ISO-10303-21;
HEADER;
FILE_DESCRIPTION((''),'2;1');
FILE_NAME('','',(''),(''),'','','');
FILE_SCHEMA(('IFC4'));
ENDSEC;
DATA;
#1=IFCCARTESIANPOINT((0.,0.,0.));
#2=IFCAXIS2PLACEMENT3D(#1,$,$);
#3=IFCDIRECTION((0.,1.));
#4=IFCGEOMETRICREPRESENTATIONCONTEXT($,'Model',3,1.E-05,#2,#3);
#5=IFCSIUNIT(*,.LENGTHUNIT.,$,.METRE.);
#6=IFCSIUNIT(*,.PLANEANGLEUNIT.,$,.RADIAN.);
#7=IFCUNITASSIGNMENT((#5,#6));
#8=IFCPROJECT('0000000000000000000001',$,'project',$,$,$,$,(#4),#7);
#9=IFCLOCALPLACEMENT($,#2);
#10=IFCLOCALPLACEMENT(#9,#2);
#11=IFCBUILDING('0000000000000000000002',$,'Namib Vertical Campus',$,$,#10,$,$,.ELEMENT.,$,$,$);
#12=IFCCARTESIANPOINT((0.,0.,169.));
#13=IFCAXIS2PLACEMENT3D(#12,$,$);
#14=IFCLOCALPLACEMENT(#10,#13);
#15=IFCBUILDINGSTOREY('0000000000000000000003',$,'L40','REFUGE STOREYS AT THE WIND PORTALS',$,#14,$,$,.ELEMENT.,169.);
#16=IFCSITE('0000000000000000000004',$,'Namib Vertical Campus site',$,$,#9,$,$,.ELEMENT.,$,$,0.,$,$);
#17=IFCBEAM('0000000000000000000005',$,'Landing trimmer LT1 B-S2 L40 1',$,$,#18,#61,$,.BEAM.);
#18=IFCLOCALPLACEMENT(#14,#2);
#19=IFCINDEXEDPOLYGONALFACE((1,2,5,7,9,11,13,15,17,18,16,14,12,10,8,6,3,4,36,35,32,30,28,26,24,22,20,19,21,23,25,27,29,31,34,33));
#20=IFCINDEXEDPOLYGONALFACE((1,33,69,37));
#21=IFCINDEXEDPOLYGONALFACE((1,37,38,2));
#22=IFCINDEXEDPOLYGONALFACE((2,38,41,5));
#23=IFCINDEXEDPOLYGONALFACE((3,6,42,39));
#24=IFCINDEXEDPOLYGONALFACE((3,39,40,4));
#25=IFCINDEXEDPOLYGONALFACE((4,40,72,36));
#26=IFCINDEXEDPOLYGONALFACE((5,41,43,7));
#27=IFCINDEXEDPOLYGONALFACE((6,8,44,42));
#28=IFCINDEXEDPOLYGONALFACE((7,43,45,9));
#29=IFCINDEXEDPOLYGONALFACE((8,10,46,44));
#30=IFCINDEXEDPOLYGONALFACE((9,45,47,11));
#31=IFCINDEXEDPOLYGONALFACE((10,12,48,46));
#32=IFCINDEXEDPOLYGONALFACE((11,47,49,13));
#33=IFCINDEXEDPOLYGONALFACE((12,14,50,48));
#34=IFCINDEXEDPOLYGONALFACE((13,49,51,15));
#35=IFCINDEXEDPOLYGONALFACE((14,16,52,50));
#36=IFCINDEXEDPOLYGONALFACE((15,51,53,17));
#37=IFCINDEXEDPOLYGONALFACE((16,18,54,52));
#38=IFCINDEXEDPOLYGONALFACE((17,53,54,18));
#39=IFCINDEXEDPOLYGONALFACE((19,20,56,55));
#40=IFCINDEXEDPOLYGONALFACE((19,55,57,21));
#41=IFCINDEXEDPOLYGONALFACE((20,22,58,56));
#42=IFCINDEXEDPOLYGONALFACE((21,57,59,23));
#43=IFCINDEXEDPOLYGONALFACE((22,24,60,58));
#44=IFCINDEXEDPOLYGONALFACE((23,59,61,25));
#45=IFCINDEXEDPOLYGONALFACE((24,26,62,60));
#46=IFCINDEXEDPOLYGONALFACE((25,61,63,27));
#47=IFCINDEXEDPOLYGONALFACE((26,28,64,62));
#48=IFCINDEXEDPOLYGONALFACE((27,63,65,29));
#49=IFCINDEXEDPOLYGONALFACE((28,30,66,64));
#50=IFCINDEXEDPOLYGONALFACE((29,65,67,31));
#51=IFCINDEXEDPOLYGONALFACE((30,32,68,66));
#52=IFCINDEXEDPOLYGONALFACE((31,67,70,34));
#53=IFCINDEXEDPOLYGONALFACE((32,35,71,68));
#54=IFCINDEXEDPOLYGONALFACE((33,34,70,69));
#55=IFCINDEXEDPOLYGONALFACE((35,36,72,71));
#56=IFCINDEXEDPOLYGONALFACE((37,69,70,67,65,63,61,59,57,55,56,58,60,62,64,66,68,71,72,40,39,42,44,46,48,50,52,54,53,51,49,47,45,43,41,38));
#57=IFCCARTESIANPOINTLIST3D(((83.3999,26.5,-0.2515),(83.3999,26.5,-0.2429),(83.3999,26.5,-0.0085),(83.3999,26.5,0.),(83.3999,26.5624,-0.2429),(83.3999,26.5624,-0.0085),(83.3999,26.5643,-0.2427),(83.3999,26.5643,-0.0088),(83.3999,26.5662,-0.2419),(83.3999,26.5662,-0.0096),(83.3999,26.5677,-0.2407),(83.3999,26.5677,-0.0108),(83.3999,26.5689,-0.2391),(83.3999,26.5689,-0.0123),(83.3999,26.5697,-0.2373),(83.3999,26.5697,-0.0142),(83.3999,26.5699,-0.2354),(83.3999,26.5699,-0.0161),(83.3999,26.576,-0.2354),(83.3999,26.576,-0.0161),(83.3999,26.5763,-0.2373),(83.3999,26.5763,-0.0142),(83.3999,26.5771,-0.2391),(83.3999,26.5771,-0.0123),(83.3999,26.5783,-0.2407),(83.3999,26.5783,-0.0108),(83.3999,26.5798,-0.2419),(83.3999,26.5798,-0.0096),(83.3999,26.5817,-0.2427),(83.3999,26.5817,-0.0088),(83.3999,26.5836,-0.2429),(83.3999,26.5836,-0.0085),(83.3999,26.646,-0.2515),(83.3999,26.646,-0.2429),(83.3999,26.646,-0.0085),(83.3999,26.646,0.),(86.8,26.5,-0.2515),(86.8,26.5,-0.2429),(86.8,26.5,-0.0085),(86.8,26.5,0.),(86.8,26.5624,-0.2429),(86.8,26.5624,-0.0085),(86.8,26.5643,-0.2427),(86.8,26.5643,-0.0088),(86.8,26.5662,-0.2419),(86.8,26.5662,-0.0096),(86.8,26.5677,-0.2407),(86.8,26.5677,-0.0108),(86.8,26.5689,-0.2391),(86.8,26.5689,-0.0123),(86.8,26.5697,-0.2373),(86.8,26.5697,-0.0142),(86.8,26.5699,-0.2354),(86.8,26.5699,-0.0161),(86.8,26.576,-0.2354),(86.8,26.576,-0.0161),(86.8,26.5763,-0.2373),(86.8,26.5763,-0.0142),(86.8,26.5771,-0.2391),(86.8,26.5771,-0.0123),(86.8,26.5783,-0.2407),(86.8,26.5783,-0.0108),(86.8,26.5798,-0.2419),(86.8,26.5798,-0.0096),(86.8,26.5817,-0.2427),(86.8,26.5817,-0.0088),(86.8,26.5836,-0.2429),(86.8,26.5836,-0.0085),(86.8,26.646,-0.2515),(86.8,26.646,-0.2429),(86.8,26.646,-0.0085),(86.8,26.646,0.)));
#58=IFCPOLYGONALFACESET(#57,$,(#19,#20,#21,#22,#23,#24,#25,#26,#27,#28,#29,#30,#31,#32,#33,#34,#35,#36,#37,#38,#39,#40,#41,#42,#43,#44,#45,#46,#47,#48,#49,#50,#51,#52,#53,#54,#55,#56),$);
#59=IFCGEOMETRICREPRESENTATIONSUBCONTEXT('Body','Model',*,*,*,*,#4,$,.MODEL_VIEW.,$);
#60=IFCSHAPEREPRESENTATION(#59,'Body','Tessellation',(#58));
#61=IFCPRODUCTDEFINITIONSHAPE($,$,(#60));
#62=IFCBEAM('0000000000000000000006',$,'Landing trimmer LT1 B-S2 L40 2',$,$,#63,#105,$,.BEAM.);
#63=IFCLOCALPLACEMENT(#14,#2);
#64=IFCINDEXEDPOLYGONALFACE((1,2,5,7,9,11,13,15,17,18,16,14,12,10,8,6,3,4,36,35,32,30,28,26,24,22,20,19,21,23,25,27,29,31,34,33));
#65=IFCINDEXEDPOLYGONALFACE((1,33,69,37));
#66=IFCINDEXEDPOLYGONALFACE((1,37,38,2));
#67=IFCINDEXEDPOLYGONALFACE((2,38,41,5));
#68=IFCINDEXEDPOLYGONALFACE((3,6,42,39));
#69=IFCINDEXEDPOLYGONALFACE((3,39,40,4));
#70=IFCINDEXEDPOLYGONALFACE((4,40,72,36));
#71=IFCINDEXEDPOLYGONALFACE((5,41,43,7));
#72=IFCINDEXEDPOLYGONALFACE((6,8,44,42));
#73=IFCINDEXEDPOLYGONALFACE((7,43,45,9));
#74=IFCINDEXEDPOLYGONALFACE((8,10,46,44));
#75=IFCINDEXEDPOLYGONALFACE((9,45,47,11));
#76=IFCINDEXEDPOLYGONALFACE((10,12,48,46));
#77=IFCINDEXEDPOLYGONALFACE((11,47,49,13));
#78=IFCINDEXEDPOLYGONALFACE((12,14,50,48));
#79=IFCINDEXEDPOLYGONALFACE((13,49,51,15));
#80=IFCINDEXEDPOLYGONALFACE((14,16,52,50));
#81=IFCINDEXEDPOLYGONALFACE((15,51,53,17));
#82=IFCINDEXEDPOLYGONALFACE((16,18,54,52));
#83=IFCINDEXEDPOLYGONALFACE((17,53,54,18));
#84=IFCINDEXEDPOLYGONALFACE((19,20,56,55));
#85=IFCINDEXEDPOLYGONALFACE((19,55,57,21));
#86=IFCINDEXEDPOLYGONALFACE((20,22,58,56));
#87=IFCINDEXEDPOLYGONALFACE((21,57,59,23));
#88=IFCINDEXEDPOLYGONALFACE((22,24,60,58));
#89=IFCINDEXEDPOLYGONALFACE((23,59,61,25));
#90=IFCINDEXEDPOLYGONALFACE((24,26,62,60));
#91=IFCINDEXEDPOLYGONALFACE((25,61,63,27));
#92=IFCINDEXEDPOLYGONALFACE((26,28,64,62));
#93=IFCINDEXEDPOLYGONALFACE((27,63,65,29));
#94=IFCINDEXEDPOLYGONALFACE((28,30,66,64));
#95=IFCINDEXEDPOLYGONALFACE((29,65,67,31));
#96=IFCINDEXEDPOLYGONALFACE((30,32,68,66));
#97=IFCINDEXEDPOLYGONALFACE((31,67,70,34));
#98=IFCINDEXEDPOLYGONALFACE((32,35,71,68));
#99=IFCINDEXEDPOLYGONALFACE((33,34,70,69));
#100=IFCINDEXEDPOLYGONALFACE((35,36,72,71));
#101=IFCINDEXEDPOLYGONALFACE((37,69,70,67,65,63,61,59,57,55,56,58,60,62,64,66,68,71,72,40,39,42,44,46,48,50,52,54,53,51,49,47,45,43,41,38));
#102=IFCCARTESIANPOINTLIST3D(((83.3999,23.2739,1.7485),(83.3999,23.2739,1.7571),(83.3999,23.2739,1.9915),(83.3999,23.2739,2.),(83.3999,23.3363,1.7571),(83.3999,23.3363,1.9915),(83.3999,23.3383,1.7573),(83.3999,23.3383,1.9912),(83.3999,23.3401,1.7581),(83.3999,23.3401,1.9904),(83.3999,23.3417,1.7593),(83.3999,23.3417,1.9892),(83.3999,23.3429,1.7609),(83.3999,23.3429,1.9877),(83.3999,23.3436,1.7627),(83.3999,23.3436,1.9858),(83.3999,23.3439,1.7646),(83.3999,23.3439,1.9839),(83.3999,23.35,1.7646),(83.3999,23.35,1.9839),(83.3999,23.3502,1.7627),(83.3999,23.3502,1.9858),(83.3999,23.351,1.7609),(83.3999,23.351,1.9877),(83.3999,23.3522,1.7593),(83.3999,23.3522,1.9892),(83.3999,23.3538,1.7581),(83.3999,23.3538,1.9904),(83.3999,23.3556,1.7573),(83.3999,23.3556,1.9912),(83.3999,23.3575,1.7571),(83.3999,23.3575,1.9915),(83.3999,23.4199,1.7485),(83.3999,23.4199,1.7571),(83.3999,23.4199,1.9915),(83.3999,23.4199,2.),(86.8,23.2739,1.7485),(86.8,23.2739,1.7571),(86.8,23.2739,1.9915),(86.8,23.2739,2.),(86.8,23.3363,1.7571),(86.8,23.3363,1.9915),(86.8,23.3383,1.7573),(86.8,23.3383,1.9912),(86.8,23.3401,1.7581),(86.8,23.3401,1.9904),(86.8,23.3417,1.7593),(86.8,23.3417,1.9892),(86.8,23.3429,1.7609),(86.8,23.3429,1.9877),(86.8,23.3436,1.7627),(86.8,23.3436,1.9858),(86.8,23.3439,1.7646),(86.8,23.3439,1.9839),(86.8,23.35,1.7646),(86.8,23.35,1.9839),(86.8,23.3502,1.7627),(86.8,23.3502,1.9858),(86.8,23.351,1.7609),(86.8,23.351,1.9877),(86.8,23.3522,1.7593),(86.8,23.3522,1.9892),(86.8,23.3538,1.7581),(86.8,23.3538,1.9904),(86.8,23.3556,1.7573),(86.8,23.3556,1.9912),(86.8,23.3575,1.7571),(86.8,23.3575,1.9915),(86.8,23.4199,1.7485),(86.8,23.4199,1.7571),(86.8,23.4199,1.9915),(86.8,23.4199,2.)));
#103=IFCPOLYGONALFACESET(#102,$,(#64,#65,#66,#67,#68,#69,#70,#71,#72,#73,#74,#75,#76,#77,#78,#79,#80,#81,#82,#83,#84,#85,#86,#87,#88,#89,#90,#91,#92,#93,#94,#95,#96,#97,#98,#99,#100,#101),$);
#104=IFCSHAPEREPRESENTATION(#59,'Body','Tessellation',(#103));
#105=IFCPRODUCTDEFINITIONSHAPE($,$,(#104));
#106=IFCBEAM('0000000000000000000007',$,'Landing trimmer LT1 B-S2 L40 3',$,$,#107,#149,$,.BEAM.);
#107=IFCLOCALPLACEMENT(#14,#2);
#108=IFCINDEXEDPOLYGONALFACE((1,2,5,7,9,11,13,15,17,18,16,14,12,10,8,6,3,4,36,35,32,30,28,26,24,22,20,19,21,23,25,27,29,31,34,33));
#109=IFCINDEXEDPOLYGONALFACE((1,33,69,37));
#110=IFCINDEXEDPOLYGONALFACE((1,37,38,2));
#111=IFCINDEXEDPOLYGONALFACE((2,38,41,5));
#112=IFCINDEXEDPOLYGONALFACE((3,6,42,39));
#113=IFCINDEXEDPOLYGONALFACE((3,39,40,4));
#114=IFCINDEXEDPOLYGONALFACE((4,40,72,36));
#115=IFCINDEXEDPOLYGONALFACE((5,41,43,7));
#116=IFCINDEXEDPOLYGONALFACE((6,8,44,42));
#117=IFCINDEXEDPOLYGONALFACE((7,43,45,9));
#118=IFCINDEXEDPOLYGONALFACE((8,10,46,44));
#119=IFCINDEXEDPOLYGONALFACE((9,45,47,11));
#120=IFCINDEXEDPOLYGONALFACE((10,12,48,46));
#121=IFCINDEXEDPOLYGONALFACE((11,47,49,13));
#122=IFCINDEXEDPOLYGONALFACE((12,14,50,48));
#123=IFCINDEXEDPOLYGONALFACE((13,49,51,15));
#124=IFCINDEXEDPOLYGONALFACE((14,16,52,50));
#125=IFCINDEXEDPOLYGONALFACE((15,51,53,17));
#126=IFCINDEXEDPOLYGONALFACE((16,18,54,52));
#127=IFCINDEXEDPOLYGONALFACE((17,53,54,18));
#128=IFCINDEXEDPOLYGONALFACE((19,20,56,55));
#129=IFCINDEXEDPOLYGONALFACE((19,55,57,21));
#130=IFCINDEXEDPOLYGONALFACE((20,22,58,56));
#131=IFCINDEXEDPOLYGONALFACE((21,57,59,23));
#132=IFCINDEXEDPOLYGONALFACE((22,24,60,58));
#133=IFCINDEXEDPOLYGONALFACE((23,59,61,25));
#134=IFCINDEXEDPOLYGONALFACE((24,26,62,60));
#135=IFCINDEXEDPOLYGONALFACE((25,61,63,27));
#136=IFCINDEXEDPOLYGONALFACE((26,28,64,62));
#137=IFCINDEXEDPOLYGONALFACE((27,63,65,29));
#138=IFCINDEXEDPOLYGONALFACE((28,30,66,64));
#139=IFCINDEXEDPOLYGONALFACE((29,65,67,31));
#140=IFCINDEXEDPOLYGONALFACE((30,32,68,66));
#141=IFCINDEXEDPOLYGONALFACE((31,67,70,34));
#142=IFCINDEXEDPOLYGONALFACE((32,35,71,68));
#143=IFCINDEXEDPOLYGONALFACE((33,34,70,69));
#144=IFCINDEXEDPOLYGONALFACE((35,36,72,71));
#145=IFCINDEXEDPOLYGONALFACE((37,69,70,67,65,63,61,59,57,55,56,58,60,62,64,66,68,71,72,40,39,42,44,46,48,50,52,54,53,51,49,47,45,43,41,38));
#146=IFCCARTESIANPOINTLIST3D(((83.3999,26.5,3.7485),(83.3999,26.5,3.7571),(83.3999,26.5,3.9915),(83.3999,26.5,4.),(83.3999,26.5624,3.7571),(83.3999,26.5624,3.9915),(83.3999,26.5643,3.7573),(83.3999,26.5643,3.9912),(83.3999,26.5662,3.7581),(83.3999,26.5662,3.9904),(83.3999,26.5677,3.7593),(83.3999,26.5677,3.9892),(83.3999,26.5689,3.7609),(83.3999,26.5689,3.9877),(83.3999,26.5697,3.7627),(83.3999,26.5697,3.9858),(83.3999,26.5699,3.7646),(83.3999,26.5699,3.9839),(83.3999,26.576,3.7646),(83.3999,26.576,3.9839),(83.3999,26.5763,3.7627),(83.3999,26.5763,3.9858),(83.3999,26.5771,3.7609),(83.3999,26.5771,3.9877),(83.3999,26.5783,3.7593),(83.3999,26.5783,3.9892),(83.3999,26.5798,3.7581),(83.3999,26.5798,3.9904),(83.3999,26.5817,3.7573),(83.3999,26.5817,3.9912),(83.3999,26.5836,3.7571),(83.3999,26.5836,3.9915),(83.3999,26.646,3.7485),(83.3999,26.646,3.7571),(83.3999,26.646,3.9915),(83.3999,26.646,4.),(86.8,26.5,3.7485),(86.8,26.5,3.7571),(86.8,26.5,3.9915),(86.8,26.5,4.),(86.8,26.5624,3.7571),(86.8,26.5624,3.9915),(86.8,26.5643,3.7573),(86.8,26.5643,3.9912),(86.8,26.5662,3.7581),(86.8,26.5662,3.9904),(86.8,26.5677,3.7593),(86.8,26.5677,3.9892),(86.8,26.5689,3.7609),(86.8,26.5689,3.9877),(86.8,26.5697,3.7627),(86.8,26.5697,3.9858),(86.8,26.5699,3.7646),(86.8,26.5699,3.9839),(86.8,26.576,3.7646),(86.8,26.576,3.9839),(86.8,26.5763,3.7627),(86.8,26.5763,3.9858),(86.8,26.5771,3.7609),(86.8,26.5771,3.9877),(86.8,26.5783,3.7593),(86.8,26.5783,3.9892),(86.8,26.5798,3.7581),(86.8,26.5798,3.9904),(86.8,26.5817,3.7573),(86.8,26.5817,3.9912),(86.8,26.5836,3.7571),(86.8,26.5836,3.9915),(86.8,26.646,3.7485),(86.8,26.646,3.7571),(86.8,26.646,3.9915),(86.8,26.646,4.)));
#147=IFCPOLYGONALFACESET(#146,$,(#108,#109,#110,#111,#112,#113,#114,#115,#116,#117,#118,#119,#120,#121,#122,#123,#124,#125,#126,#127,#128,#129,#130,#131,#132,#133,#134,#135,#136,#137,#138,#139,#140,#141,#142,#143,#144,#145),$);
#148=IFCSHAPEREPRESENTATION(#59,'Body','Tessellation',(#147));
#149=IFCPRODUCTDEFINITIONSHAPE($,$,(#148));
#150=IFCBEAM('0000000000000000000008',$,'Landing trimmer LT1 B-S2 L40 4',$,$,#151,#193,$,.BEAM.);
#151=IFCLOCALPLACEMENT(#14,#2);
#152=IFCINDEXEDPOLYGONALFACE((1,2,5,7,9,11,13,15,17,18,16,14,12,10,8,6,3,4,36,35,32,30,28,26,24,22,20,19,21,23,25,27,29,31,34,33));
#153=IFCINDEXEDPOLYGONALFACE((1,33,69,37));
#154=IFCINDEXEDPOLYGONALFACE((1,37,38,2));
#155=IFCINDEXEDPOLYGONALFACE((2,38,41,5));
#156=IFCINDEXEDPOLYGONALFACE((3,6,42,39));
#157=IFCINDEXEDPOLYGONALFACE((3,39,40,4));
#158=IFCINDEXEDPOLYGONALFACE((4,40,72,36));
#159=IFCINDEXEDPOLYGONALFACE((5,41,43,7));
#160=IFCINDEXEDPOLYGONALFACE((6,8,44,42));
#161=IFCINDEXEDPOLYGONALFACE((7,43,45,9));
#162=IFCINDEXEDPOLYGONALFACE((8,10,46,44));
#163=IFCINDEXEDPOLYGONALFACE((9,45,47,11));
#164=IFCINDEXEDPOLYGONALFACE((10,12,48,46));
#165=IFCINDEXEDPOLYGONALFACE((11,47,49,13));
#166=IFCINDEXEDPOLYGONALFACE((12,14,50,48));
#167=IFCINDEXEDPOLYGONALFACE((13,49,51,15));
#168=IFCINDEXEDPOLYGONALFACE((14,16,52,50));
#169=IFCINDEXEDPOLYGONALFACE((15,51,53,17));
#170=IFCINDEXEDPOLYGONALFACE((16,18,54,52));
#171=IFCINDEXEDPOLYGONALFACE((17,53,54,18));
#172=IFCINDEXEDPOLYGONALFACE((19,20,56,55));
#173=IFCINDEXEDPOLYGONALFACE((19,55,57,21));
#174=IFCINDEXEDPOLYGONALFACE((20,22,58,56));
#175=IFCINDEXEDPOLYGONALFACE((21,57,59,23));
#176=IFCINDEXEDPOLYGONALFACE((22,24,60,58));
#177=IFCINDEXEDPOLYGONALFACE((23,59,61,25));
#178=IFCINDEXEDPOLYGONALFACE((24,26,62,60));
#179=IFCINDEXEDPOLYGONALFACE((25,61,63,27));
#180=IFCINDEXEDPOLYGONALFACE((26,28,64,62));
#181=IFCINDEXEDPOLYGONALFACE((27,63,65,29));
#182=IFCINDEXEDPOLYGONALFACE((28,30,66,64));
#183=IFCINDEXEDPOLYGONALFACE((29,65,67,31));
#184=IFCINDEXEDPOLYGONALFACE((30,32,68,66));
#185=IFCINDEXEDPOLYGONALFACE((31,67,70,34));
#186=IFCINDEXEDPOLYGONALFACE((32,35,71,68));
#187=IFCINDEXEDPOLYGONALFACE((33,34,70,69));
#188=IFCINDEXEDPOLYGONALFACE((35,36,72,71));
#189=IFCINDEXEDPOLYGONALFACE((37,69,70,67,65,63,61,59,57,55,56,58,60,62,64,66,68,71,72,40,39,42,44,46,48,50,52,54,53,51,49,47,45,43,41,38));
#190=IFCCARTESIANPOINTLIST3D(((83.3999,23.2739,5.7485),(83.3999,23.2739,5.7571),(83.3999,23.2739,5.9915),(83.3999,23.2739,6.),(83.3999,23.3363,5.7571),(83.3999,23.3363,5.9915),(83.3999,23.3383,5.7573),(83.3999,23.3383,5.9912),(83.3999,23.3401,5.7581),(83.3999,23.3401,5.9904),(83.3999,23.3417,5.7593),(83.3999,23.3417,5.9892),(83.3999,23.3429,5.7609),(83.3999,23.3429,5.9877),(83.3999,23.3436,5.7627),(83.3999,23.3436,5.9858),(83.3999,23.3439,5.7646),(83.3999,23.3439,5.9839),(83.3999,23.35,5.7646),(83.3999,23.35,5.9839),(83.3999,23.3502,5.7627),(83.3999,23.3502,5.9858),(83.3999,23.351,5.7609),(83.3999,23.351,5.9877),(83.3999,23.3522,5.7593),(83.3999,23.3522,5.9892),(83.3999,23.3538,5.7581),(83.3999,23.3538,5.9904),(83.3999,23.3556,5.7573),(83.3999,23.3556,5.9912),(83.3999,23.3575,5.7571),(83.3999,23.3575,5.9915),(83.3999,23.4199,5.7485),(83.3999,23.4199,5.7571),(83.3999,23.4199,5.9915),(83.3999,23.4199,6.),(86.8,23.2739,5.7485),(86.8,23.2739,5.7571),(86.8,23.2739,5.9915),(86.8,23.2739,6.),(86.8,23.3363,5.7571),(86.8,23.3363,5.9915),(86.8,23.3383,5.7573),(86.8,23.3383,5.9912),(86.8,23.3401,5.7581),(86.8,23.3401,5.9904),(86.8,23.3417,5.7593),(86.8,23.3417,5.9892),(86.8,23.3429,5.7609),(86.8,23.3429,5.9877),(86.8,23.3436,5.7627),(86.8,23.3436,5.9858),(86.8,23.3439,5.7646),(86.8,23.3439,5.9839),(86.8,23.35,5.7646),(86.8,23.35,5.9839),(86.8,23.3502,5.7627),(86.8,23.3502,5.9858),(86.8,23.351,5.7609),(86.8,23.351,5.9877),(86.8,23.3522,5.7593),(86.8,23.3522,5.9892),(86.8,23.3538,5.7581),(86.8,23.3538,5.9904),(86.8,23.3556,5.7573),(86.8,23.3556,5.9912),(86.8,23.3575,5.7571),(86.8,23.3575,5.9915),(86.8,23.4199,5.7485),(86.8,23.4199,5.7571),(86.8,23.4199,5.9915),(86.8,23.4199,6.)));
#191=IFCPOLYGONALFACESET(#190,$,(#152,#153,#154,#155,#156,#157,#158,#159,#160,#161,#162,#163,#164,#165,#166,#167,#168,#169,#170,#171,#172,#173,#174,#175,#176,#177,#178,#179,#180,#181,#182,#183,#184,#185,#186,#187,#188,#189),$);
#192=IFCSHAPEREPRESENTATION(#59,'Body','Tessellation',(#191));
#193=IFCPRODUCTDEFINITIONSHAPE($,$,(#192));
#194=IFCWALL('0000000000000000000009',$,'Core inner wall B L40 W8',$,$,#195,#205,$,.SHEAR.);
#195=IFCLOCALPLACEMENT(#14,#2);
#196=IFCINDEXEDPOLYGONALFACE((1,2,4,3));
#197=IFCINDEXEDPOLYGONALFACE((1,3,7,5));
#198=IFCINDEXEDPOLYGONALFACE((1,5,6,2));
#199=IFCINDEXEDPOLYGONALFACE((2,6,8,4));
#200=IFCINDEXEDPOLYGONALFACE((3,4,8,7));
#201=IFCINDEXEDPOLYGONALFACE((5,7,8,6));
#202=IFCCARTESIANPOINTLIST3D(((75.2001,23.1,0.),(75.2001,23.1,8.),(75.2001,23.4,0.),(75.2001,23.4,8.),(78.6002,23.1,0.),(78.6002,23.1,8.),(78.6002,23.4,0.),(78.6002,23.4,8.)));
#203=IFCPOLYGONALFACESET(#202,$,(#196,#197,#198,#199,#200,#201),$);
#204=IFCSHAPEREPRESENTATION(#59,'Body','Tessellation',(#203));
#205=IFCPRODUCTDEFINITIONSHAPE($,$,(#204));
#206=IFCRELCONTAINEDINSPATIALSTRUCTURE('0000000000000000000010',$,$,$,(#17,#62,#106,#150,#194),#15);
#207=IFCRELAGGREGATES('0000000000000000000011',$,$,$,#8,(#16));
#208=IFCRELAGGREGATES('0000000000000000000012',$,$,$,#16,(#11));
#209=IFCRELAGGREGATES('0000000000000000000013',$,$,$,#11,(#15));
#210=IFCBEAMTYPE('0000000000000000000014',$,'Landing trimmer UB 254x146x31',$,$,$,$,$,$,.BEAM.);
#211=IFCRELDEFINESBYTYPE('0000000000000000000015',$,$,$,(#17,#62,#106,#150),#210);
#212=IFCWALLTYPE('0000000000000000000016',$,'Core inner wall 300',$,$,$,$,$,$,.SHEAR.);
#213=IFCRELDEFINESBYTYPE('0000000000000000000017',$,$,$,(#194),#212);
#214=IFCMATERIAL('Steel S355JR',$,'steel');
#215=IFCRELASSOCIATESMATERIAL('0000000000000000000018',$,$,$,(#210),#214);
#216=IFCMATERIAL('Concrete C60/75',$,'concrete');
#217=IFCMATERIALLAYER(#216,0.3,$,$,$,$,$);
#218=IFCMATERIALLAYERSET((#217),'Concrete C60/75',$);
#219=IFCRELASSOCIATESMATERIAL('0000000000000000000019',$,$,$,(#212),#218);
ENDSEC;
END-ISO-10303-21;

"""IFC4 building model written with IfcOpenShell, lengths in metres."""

from ifc_helpers import new_model, si_unit, direction, frame, frame_2d, origin, origin_2d, place, context, subcontext, project, spatial, rectangle, i_section, extrude, material, layer, layer_set, material_profile, profile_set, type_object, element, save


model = new_model("IFC4")

# Units and contexts
model_context = context("Model", 3, precision=1e-05, world=origin(), true_north=direction((0.0, 1.0)))
body_context = subcontext(model_context, "Body", "Model", "MODEL_VIEW")
ifc_project = project(units=[si_unit("LENGTHUNIT", "METRE"), si_unit("PLANEANGLEUNIT", "RADIAN")], contexts=[model_context])

# Site, building, storey
site_placement = place(None, origin())
site = spatial("IfcSite", under=ifc_project, at=site_placement, Name="Namib Vertical Campus site", CompositionType="ELEMENT", RefElevation=0.0)
building_placement = place(site_placement, origin())
building = spatial("IfcBuilding", under=site, at=building_placement, Name="Namib Vertical Campus", CompositionType="ELEMENT")
storey_placement = place(building_placement, frame((0.0, 0.0, 169.0)))
storey = spatial("IfcBuildingStorey", under=building, at=storey_placement, Name="L40", Description="REFUGE STOREYS AT THE WIND PORTALS", CompositionType="ELEMENT", Elevation=169.0)

# Beams
ifc_material_1 = material(Name="Steel S355JR", Category="steel")
ifc_material_profile = material_profile(ifc_material_1, i_section(OverallWidth=0.146, OverallDepth=0.2515, WebThickness=0.0061, FlangeThickness=0.0085, FilletRadius=0.0076, at=origin_2d()))
ifc_profile_set = profile_set([ifc_material_profile], Name="Steel S355JR")
beam_type = type_object("IfcBeamType", Name="Landing trimmer UB 254x146x31", PredefinedType="BEAM", material=ifc_profile_set)
for number, where, z_axis, x_axis, name in (
    (1, (83.3999, 26.573, -0.1257), (1.0, 0.0, 0.0), (0.0, 1.0, 0.0), "Landing trimmer LT1 B-S2 L40 1"),
    (2, (83.3999, 23.3469, 1.8743), (1.0, 0.0, 0.0), (0.0, 1.0, 0.0), "Landing trimmer LT1 B-S2 L40 2"),
    (3, (83.3999, 26.573, 3.8743), (1.0, 0.0, 0.0), (0.0, 1.0, 0.0), "Landing trimmer LT1 B-S2 L40 3"),
    (4, (83.3999, 23.3469, 5.8743), (1.0, 0.0, 0.0), (0.0, 1.0, 0.0), "Landing trimmer LT1 B-S2 L40 4"),
):
    element("IfcBeam", number, at=place(storey_placement, frame(where, z_axis=z_axis, x_axis=x_axis)), inside=storey, type_object=beam_type, Name=name, PredefinedType="BEAM", context=body_context, shape_type="SweptSolid", body=[
        extrude(i_section(OverallWidth=0.146, OverallDepth=0.2515, WebThickness=0.0061, FlangeThickness=0.0085, FilletRadius=0.0076, at=origin_2d()), origin(), (0.0, 0.0, 1.0), 3.4001),
    ])

# Wall
ifc_material_2 = material(Name="Concrete C60/75", Category="concrete")
ifc_layer_1 = layer(ifc_material_2, 0.3)
ifc_layer_set_1 = layer_set([ifc_layer_1], Name="Concrete C60/75")
wall_type_1 = type_object("IfcWallType", Name="Core inner wall 300", PredefinedType="SHEAR", material=ifc_layer_set_1)
for number, where, z_axis, x_axis, name in (
    (5, (75.2, 23.25, 0.0), (0.0, 0.0, 1.0), (1.0, 0.0, 0.0), "Core inner wall B L40 W8"),
):
    element("IfcWall", number, at=place(storey_placement, frame(where, z_axis=z_axis, x_axis=x_axis)), inside=storey, type_object=wall_type_1, Name=name, PredefinedType="SHEAR", context=body_context, shape_type="SweptSolid", body=[
        extrude(rectangle(XDim=3.4001, YDim=0.3, at=frame_2d((1.7002, 0.0))), origin(), (0.0, 0.0, 1.0), 8.0),
    ])

save(model, "model.ifc")
